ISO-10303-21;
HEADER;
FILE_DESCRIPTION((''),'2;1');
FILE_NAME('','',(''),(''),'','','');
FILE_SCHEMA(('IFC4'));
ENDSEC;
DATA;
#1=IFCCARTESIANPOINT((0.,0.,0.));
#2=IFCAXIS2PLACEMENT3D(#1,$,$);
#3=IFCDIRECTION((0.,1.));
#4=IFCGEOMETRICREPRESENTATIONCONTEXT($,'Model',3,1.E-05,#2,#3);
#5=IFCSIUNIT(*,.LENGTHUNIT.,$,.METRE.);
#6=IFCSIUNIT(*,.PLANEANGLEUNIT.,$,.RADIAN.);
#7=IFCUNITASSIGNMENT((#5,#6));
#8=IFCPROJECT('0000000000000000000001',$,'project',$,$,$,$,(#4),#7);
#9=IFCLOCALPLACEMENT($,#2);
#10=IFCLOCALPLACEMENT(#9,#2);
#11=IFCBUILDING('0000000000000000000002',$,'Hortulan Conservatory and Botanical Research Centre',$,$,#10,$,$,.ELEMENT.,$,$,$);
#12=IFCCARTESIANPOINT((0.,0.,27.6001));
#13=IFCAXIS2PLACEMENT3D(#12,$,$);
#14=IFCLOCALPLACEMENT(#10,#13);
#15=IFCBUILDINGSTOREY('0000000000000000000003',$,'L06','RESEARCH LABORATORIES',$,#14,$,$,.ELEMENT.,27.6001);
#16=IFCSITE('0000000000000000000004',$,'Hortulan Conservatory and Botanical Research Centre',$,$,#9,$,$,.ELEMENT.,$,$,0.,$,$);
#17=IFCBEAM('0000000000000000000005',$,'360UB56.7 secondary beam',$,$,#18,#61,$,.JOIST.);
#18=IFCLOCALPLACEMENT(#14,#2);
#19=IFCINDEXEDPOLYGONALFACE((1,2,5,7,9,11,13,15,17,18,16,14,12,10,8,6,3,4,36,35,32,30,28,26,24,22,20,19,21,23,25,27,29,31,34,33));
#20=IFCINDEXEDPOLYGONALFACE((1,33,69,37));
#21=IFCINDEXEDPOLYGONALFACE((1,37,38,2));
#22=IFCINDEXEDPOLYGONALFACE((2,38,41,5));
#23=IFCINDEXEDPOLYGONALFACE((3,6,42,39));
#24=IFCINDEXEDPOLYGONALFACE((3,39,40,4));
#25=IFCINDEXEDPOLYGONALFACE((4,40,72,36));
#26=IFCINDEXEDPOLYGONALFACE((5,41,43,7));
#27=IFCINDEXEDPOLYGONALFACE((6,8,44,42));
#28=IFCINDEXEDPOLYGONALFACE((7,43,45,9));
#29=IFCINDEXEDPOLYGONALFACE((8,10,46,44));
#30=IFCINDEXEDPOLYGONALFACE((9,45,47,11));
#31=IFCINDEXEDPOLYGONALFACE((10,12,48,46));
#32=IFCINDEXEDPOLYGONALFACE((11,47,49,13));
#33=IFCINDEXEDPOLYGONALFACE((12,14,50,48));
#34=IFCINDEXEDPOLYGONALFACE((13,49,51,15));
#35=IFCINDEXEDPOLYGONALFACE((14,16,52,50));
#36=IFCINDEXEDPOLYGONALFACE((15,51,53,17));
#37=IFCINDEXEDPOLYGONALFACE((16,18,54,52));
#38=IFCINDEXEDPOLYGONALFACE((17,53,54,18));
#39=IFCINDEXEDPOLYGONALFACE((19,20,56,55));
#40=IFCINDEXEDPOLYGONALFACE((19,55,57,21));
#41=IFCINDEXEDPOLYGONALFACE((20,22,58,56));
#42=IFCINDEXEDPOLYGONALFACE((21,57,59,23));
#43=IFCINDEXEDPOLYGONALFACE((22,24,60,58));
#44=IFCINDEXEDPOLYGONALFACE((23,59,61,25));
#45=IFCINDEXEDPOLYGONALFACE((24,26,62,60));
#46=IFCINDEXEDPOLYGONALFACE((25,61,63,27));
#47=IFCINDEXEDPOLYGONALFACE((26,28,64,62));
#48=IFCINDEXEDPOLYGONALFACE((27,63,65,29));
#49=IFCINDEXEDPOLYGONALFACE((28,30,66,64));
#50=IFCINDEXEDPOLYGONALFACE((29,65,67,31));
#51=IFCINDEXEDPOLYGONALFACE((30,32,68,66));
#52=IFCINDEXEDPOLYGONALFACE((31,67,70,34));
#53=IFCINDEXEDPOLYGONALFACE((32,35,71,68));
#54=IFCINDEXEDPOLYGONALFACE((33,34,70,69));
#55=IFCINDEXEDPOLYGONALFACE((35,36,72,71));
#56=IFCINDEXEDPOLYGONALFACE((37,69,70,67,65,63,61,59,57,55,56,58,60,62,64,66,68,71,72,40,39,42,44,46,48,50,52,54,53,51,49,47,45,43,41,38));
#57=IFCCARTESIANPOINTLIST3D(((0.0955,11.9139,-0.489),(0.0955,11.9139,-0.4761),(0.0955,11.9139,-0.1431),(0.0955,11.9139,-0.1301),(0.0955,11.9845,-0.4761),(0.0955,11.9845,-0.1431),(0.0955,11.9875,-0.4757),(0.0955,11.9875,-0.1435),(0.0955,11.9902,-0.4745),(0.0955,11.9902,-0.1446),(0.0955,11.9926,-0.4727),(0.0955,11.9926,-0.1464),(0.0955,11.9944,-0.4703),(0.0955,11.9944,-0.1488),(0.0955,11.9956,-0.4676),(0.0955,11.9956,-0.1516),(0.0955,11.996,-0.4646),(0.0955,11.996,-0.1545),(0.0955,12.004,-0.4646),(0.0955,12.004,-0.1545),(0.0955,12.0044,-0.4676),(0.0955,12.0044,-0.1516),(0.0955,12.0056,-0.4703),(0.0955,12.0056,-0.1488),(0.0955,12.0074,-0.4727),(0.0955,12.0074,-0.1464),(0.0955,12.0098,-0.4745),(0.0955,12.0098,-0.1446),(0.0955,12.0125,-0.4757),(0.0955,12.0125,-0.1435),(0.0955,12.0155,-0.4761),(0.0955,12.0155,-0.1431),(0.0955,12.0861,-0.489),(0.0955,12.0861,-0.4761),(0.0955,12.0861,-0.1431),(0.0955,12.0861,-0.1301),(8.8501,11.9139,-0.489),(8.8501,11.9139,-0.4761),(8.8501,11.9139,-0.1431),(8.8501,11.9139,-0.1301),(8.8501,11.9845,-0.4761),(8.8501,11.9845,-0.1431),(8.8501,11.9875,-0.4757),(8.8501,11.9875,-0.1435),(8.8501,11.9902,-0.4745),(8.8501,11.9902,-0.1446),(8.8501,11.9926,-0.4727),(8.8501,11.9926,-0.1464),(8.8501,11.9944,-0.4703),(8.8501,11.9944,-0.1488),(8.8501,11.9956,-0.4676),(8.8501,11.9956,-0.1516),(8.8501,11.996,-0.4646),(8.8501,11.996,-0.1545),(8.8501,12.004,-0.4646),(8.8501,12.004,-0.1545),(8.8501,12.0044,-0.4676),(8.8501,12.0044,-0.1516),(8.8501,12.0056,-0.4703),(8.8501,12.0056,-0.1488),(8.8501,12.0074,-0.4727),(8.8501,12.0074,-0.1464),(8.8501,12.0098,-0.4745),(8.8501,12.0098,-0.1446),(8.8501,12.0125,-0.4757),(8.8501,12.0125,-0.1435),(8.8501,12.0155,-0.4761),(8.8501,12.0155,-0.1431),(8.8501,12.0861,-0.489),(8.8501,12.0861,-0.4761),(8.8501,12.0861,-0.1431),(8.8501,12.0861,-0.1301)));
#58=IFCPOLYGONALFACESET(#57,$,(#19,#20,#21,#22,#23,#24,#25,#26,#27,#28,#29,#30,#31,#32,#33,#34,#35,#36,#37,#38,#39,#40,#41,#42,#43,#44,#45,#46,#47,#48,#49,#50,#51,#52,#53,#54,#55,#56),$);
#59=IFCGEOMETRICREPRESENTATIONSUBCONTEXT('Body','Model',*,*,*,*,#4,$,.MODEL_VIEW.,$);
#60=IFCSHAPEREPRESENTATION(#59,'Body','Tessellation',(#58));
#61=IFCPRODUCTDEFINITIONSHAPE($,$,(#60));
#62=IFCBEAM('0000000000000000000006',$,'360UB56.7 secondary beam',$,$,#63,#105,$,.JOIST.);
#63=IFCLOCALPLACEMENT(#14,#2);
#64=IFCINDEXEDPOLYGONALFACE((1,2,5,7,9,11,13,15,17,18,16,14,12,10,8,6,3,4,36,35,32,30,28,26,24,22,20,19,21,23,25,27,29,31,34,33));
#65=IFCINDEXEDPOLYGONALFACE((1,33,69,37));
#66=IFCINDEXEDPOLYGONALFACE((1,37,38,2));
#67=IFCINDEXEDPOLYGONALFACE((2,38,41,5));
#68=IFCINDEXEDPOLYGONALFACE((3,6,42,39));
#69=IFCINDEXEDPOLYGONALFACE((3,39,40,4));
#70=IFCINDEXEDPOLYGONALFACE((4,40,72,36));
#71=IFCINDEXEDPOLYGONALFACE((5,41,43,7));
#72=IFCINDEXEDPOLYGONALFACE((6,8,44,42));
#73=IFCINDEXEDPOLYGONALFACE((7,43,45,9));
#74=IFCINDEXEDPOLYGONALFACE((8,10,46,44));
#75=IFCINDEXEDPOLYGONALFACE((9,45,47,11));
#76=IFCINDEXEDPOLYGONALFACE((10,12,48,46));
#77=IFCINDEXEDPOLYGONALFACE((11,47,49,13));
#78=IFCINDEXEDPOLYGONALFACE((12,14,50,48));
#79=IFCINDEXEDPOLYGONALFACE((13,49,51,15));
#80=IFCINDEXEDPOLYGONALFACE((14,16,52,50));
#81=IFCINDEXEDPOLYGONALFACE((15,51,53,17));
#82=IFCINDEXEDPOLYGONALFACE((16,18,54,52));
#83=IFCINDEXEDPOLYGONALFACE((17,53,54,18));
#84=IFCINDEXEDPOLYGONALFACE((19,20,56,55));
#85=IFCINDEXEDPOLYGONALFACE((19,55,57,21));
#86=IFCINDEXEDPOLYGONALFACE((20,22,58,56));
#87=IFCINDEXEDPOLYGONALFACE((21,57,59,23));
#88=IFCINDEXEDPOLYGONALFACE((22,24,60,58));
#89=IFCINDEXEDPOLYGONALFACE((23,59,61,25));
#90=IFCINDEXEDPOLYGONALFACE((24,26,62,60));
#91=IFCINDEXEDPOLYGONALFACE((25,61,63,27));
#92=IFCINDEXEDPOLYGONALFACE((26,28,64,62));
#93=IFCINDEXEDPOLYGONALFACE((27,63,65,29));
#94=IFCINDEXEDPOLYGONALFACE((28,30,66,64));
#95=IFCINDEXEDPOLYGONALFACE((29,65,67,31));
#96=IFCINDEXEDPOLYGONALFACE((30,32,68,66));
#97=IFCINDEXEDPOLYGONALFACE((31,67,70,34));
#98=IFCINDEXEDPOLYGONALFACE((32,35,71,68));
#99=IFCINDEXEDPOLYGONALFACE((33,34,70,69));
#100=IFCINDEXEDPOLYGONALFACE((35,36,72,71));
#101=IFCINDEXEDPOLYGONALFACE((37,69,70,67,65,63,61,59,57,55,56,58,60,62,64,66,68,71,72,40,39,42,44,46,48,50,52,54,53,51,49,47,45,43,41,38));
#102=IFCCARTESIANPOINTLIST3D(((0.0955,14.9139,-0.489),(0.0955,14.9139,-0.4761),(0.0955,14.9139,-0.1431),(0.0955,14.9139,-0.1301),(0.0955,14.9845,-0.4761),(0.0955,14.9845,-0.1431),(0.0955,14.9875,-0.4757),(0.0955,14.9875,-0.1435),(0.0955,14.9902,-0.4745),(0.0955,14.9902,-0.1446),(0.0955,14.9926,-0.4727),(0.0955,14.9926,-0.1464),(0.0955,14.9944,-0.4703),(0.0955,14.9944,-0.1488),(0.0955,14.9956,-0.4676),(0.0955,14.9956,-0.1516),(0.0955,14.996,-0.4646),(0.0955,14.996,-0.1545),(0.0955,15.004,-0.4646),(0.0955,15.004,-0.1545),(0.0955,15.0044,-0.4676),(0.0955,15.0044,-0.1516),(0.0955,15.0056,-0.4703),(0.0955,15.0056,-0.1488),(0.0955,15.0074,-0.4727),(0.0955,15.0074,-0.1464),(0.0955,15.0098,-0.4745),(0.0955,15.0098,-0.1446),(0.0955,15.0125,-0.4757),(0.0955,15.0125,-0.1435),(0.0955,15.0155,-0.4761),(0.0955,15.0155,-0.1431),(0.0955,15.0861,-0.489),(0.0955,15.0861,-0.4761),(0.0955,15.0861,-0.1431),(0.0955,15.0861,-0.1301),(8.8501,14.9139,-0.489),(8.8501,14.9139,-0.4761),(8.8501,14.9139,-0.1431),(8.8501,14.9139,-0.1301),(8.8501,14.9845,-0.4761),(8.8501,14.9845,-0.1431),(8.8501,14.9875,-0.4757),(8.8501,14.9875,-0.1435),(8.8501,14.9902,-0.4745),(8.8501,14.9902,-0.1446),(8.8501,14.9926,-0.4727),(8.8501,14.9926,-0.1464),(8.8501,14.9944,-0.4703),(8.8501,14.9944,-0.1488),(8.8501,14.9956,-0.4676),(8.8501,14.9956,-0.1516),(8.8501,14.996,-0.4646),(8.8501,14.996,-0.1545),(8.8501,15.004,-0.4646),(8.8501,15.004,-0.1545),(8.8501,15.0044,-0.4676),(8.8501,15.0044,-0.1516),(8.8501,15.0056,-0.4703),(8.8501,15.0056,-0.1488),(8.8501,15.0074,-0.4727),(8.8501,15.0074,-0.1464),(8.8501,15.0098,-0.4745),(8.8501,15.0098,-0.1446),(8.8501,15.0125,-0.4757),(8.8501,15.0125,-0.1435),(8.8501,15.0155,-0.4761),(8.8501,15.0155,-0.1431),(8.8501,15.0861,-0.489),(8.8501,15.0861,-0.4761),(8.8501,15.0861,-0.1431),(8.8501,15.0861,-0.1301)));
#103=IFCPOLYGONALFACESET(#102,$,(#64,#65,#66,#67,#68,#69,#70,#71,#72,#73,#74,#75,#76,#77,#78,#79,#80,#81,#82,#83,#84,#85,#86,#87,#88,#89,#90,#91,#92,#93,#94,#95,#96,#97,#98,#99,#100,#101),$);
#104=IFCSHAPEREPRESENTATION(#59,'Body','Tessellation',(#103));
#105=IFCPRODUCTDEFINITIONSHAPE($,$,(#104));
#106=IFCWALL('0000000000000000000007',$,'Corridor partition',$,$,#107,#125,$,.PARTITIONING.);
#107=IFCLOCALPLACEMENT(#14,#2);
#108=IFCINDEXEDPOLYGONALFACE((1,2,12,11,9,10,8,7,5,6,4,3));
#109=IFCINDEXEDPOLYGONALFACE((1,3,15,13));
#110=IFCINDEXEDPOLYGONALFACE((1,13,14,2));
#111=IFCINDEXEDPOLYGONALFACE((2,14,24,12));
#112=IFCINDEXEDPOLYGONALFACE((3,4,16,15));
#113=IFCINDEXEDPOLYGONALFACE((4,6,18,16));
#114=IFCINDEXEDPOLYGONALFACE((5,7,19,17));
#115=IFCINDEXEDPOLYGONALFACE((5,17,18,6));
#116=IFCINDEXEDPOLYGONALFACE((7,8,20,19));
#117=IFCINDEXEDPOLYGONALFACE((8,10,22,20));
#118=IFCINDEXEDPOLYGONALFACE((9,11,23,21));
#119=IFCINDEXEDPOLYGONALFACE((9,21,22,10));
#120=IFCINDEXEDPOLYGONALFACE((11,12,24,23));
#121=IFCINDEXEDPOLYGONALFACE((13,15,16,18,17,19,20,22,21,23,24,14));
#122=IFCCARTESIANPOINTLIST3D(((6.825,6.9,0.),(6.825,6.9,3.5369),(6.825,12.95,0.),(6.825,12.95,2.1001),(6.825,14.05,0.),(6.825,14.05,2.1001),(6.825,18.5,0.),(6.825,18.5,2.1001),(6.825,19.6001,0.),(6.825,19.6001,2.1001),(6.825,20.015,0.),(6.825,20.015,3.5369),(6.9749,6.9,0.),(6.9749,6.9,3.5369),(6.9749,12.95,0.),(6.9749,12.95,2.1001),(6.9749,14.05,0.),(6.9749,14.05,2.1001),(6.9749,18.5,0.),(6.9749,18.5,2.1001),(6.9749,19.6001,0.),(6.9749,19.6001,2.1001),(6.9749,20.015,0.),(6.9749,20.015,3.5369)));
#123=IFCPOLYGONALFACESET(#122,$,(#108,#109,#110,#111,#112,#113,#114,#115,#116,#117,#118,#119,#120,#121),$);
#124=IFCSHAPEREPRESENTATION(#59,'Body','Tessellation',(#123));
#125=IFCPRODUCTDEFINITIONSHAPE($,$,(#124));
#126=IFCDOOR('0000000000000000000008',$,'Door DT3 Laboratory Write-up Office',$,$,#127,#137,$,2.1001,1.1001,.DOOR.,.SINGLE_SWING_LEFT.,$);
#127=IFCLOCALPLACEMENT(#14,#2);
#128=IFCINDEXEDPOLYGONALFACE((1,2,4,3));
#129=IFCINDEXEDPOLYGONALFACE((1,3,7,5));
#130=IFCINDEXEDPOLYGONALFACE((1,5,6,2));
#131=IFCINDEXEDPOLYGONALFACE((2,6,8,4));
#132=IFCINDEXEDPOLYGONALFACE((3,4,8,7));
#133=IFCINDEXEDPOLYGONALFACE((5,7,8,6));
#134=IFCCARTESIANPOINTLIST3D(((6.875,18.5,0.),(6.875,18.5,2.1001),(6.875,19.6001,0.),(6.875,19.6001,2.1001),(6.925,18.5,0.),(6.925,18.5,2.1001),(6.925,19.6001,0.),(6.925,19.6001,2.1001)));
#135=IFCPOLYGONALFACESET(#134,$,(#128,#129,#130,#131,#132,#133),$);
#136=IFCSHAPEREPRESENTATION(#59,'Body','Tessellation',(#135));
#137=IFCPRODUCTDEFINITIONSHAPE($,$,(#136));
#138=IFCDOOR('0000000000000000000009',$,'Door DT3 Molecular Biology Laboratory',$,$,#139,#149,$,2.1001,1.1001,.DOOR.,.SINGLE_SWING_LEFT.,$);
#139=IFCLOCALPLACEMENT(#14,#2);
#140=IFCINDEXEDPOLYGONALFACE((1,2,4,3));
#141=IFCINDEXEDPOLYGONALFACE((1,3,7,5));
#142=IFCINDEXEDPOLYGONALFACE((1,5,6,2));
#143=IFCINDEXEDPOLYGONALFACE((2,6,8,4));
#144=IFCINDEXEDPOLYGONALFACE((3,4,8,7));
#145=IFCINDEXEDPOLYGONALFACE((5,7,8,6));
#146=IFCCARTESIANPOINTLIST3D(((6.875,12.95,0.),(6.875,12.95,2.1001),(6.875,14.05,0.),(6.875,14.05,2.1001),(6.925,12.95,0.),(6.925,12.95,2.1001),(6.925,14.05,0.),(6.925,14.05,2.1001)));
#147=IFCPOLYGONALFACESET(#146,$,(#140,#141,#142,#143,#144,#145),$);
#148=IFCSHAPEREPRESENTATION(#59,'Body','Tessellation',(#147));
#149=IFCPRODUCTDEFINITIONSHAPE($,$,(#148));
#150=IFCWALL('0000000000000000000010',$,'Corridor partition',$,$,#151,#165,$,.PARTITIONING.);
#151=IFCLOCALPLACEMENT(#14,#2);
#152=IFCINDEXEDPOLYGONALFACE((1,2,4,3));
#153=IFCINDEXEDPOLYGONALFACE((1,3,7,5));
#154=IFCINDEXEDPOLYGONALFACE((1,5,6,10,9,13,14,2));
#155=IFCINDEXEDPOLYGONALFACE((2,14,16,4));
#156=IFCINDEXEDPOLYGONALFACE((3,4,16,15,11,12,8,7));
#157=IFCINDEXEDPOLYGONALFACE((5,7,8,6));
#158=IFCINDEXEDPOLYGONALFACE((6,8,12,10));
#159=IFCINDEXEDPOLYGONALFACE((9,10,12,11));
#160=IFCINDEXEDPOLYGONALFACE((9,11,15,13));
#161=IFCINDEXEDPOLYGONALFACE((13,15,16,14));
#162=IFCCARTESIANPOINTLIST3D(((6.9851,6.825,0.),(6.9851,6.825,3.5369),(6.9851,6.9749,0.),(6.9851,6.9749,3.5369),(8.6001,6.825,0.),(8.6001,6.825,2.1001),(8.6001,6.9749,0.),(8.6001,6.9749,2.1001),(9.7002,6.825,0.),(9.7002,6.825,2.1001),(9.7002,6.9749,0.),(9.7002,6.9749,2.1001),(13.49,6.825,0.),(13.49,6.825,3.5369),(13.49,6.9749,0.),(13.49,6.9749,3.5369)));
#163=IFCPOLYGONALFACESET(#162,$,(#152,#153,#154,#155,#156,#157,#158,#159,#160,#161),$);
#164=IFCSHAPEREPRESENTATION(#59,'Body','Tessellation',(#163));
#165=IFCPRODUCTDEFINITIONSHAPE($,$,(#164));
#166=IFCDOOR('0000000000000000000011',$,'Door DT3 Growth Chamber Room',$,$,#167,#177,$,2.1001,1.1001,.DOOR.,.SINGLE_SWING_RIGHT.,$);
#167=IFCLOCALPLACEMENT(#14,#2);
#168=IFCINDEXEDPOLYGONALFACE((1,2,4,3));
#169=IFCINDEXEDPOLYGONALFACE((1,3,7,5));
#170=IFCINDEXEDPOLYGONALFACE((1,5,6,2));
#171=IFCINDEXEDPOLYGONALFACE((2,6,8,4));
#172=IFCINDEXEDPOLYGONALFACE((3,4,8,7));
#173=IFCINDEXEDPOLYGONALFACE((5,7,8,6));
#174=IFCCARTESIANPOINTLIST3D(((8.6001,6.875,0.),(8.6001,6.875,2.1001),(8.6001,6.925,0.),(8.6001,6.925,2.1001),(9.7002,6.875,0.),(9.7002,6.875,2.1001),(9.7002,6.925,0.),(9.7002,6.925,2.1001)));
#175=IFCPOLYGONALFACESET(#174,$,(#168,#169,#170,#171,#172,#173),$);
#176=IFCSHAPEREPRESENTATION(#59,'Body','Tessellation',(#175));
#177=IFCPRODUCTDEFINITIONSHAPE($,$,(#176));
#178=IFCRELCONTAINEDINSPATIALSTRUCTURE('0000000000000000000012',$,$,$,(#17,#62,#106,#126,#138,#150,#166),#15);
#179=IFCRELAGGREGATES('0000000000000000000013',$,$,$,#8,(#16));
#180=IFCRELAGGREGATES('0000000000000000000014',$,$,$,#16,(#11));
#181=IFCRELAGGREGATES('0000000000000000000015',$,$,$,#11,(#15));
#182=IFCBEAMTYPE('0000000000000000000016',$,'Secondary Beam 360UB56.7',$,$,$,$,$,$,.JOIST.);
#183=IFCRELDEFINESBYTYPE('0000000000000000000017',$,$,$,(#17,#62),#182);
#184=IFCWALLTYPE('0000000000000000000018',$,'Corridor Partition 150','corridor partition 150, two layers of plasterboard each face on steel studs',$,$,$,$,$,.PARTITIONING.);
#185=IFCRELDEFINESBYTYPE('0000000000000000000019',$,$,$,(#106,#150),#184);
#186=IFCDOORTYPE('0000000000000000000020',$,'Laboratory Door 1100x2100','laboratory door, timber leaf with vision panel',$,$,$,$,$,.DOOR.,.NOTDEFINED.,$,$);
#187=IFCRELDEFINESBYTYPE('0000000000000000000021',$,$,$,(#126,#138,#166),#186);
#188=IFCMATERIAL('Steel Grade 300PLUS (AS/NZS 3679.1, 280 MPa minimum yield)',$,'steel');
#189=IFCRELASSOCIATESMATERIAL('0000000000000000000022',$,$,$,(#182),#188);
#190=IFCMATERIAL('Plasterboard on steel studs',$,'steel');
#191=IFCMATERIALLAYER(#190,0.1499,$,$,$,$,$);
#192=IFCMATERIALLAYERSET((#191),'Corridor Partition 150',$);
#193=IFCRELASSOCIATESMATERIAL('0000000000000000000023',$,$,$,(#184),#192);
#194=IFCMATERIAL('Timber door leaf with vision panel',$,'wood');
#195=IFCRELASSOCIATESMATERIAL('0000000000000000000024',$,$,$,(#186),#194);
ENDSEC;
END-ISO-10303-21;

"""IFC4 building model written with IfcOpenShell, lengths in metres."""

from ifc_helpers import new_model, si_unit, direction, frame, frame_2d, origin, origin_2d, place, context, subcontext, project, spatial, rectangle, i_section, extrude, material, layer, layer_set, material_profile, profile_set, type_object, element, fill, save


model = new_model("IFC4")

# Units and contexts
model_context = context("Model", 3, precision=1e-05, world=origin(), true_north=direction((0.0, 1.0)))
body_context = subcontext(model_context, "Body", "Model", "MODEL_VIEW")
ifc_project = project(units=[si_unit("LENGTHUNIT", "METRE"), si_unit("PLANEANGLEUNIT", "RADIAN")], contexts=[model_context])

# Site, building, storey
site_placement = place(None, origin())
site = spatial("IfcSite", under=ifc_project, at=site_placement, Name="Hortulan Conservatory and Botanical Research Centre", CompositionType="ELEMENT", RefElevation=0.0)
building_placement = place(site_placement, origin())
building = spatial("IfcBuilding", under=site, at=building_placement, Name="Hortulan Conservatory and Botanical Research Centre", CompositionType="ELEMENT")
storey_placement = place(building_placement, frame((0.0, 0.0, 27.6001)))
storey = spatial("IfcBuildingStorey", under=building, at=storey_placement, Name="L06", Description="RESEARCH LABORATORIES", CompositionType="ELEMENT", Elevation=27.6001)

# Shared definitions
ifc_material_1 = material(Name="Steel Grade 300PLUS (AS/NZS 3679.1, 280 MPa minimum yield)", Category="steel")

# Beams
ifc_material_profile_1 = material_profile(ifc_material_1, i_section(OverallWidth=0.1721, OverallDepth=0.3589, WebThickness=0.0081, FlangeThickness=0.0129, FilletRadius=0.0115, at=origin_2d()), Name="360UB56.7")
ifc_profile_set_1 = profile_set([ifc_material_profile_1], Name="Steel Grade 300PLUS (AS/NZS 3679.1, 280 MPa minimum yield)")
beam_type_1 = type_object("IfcBeamType", Name="Secondary Beam 360UB56.7", PredefinedType="JOIST", material=ifc_profile_set_1)
for number, where, z_axis, x_axis, name in (
    (1, (0.0955, 12.0, -0.3096), (1.0, 0.0, 0.0), (0.0, 1.0, 0.0), "360UB56.7 secondary beam"),
    (2, (0.0955, 15.0, -0.3096), (1.0, 0.0, 0.0), (0.0, 1.0, 0.0), "360UB56.7 secondary beam"),
):
    element("IfcBeam", number, at=place(storey_placement, frame(where, z_axis=z_axis, x_axis=x_axis)), inside=storey, type_object=beam_type_1, Name=name, PredefinedType="JOIST", context=body_context, shape_type="SweptSolid", body=[
        extrude(i_section(OverallWidth=0.1721, OverallDepth=0.3589, WebThickness=0.0081, FlangeThickness=0.0129, FilletRadius=0.0115, at=origin_2d()), origin(), (0.0, 0.0, 1.0), 8.7546),
    ])

# Wall, openings, doors
ifc_material_2 = material(Name="Plasterboard on steel studs", Category="steel")
ifc_layer_1 = layer(ifc_material_2, 0.1499)
ifc_layer_set_1 = layer_set([ifc_layer_1], Name="Corridor Partition 150")
wall_type_1 = type_object("IfcWallType", Name="Corridor Partition 150", Description="corridor partition 150, two layers of plasterboard each face on steel studs", PredefinedType="PARTITIONING", material=ifc_layer_set_1)
wall_1_placement = place(storey_placement, frame((6.8999, 6.8999, 0.0), z_axis=(0.0, 0.0, 1.0), x_axis=(0.0, 1.0, 0.0)))
wall_1 = element("IfcWall", 3, at=wall_1_placement, inside=storey, type_object=wall_type_1, Name="Corridor partition", PredefinedType="PARTITIONING", context=body_context, shape_type="SweptSolid", body=[
    extrude(rectangle(XDim=13.115, YDim=0.1499, at=frame_2d((6.5576, 0.0))), origin(), (0.0, 0.0, 1.0), 3.5369),
])
opening_1_placement = place(wall_1_placement, frame((11.6001, 0.0, 0.0)))
opening_1 = element("IfcOpeningElement", 4, at=opening_1_placement, cuts=wall_1, PredefinedType="OPENING", context=body_context, shape_type="SweptSolid", body=[
    extrude(rectangle(XDim=1.1001, YDim=2.1001, at=frame_2d((0.55, 1.05))), frame((0.0, 0.085, 0.0), z_axis=(0.0, -1.0, 0.0), x_axis=(1.0, 0.0, 0.0)), (0.0, 0.0, 1.0), 0.1699),
])
opening_2_placement = place(wall_1_placement, frame((6.05, 0.0, 0.0)))
opening_2 = element("IfcOpeningElement", 5, at=opening_2_placement, cuts=wall_1, PredefinedType="OPENING", context=body_context, shape_type="SweptSolid", body=[
    extrude(rectangle(XDim=1.1001, YDim=2.1001, at=frame_2d((0.55, 1.05))), frame((0.0, 0.085, 0.0), z_axis=(0.0, -1.0, 0.0), x_axis=(1.0, 0.0, 0.0)), (0.0, 0.0, 1.0), 0.1699),
])
ifc_material_3 = material(Name="Timber door leaf with vision panel", Category="wood")
door_type = type_object("IfcDoorType", Name="Laboratory Door 1100x2100", Description="laboratory door, timber leaf with vision panel", OperationType="NOTDEFINED", PredefinedType="DOOR", material=ifc_material_3)
door_1_placement = place(opening_1_placement, origin())
door_1 = element("IfcDoor", 6, at=door_1_placement, inside=storey, type_object=door_type, Name="Door DT3 Laboratory Write-up Office", OperationType="SINGLE_SWING_LEFT", OverallHeight=2.1001, OverallWidth=1.1001, PredefinedType="DOOR", context=body_context, shape_type="SweptSolid", body=[
    extrude(rectangle(XDim=1.1001, YDim=2.1001, at=frame_2d((0.55, 1.05))), frame((0.0, 0.0249, 0.0), z_axis=(0.0, -1.0, 0.0), x_axis=(1.0, 0.0, 0.0)), (0.0, 0.0, 1.0), 0.05),
])
fill(opening_1, door_1)
door_2_placement = place(opening_2_placement, origin())
door_2 = element("IfcDoor", 7, at=door_2_placement, inside=storey, type_object=door_type, Name="Door DT3 Molecular Biology Laboratory", OperationType="SINGLE_SWING_LEFT", OverallHeight=2.1001, OverallWidth=1.1001, PredefinedType="DOOR", context=body_context, shape_type="SweptSolid", body=[
    extrude(rectangle(XDim=1.1001, YDim=2.1001, at=frame_2d((0.55, 1.05))), frame((0.0, 0.0249, 0.0), z_axis=(0.0, -1.0, 0.0), x_axis=(1.0, 0.0, 0.0)), (0.0, 0.0, 1.0), 0.05),
])
fill(opening_2, door_2)

# Wall, opening, door
wall_2_placement = place(storey_placement, frame((6.9851, 6.8999, 0.0), z_axis=(0.0, 0.0, 1.0), x_axis=(1.0, 0.0, 0.0)))
wall_2 = element("IfcWall", 8, at=wall_2_placement, inside=storey, type_object=wall_type_1, Name="Corridor partition", PredefinedType="PARTITIONING", context=body_context, shape_type="SweptSolid", body=[
    extrude(rectangle(XDim=6.5049, YDim=0.1499, at=frame_2d((3.2524, 0.0))), origin(), (0.0, 0.0, 1.0), 3.5369),
])
opening_3_placement = place(wall_2_placement, frame((1.615, 0.0, 0.0)))
opening_3 = element("IfcOpeningElement", 9, at=opening_3_placement, cuts=wall_2, PredefinedType="OPENING", context=body_context, shape_type="SweptSolid", body=[
    extrude(rectangle(XDim=1.1001, YDim=2.1001, at=frame_2d((0.55, 1.05))), frame((0.0, 0.085, 0.0), z_axis=(0.0, -1.0, 0.0), x_axis=(1.0, 0.0, 0.0)), (0.0, 0.0, 1.0), 0.1699),
])
door_3_placement = place(opening_3_placement, frame((1.1001, 0.0, 0.0), z_axis=(0.0, 0.0, 1.0), x_axis=(-1.0, 0.0, 0.0)))
door_3 = element("IfcDoor", 10, at=door_3_placement, inside=storey, type_object=door_type, Name="Door DT3 Growth Chamber Room", OperationType="SINGLE_SWING_RIGHT", OverallHeight=2.1001, OverallWidth=1.1001, PredefinedType="DOOR", context=body_context, shape_type="SweptSolid", body=[
    extrude(rectangle(XDim=1.1001, YDim=2.1001, at=frame_2d((0.55, 1.05))), frame((0.0, 0.0249, 0.0), z_axis=(0.0, -1.0, 0.0), x_axis=(1.0, 0.0, 0.0)), (0.0, 0.0, 1.0), 0.05),
])
fill(opening_3, door_3)

save(model, "model.ifc")
